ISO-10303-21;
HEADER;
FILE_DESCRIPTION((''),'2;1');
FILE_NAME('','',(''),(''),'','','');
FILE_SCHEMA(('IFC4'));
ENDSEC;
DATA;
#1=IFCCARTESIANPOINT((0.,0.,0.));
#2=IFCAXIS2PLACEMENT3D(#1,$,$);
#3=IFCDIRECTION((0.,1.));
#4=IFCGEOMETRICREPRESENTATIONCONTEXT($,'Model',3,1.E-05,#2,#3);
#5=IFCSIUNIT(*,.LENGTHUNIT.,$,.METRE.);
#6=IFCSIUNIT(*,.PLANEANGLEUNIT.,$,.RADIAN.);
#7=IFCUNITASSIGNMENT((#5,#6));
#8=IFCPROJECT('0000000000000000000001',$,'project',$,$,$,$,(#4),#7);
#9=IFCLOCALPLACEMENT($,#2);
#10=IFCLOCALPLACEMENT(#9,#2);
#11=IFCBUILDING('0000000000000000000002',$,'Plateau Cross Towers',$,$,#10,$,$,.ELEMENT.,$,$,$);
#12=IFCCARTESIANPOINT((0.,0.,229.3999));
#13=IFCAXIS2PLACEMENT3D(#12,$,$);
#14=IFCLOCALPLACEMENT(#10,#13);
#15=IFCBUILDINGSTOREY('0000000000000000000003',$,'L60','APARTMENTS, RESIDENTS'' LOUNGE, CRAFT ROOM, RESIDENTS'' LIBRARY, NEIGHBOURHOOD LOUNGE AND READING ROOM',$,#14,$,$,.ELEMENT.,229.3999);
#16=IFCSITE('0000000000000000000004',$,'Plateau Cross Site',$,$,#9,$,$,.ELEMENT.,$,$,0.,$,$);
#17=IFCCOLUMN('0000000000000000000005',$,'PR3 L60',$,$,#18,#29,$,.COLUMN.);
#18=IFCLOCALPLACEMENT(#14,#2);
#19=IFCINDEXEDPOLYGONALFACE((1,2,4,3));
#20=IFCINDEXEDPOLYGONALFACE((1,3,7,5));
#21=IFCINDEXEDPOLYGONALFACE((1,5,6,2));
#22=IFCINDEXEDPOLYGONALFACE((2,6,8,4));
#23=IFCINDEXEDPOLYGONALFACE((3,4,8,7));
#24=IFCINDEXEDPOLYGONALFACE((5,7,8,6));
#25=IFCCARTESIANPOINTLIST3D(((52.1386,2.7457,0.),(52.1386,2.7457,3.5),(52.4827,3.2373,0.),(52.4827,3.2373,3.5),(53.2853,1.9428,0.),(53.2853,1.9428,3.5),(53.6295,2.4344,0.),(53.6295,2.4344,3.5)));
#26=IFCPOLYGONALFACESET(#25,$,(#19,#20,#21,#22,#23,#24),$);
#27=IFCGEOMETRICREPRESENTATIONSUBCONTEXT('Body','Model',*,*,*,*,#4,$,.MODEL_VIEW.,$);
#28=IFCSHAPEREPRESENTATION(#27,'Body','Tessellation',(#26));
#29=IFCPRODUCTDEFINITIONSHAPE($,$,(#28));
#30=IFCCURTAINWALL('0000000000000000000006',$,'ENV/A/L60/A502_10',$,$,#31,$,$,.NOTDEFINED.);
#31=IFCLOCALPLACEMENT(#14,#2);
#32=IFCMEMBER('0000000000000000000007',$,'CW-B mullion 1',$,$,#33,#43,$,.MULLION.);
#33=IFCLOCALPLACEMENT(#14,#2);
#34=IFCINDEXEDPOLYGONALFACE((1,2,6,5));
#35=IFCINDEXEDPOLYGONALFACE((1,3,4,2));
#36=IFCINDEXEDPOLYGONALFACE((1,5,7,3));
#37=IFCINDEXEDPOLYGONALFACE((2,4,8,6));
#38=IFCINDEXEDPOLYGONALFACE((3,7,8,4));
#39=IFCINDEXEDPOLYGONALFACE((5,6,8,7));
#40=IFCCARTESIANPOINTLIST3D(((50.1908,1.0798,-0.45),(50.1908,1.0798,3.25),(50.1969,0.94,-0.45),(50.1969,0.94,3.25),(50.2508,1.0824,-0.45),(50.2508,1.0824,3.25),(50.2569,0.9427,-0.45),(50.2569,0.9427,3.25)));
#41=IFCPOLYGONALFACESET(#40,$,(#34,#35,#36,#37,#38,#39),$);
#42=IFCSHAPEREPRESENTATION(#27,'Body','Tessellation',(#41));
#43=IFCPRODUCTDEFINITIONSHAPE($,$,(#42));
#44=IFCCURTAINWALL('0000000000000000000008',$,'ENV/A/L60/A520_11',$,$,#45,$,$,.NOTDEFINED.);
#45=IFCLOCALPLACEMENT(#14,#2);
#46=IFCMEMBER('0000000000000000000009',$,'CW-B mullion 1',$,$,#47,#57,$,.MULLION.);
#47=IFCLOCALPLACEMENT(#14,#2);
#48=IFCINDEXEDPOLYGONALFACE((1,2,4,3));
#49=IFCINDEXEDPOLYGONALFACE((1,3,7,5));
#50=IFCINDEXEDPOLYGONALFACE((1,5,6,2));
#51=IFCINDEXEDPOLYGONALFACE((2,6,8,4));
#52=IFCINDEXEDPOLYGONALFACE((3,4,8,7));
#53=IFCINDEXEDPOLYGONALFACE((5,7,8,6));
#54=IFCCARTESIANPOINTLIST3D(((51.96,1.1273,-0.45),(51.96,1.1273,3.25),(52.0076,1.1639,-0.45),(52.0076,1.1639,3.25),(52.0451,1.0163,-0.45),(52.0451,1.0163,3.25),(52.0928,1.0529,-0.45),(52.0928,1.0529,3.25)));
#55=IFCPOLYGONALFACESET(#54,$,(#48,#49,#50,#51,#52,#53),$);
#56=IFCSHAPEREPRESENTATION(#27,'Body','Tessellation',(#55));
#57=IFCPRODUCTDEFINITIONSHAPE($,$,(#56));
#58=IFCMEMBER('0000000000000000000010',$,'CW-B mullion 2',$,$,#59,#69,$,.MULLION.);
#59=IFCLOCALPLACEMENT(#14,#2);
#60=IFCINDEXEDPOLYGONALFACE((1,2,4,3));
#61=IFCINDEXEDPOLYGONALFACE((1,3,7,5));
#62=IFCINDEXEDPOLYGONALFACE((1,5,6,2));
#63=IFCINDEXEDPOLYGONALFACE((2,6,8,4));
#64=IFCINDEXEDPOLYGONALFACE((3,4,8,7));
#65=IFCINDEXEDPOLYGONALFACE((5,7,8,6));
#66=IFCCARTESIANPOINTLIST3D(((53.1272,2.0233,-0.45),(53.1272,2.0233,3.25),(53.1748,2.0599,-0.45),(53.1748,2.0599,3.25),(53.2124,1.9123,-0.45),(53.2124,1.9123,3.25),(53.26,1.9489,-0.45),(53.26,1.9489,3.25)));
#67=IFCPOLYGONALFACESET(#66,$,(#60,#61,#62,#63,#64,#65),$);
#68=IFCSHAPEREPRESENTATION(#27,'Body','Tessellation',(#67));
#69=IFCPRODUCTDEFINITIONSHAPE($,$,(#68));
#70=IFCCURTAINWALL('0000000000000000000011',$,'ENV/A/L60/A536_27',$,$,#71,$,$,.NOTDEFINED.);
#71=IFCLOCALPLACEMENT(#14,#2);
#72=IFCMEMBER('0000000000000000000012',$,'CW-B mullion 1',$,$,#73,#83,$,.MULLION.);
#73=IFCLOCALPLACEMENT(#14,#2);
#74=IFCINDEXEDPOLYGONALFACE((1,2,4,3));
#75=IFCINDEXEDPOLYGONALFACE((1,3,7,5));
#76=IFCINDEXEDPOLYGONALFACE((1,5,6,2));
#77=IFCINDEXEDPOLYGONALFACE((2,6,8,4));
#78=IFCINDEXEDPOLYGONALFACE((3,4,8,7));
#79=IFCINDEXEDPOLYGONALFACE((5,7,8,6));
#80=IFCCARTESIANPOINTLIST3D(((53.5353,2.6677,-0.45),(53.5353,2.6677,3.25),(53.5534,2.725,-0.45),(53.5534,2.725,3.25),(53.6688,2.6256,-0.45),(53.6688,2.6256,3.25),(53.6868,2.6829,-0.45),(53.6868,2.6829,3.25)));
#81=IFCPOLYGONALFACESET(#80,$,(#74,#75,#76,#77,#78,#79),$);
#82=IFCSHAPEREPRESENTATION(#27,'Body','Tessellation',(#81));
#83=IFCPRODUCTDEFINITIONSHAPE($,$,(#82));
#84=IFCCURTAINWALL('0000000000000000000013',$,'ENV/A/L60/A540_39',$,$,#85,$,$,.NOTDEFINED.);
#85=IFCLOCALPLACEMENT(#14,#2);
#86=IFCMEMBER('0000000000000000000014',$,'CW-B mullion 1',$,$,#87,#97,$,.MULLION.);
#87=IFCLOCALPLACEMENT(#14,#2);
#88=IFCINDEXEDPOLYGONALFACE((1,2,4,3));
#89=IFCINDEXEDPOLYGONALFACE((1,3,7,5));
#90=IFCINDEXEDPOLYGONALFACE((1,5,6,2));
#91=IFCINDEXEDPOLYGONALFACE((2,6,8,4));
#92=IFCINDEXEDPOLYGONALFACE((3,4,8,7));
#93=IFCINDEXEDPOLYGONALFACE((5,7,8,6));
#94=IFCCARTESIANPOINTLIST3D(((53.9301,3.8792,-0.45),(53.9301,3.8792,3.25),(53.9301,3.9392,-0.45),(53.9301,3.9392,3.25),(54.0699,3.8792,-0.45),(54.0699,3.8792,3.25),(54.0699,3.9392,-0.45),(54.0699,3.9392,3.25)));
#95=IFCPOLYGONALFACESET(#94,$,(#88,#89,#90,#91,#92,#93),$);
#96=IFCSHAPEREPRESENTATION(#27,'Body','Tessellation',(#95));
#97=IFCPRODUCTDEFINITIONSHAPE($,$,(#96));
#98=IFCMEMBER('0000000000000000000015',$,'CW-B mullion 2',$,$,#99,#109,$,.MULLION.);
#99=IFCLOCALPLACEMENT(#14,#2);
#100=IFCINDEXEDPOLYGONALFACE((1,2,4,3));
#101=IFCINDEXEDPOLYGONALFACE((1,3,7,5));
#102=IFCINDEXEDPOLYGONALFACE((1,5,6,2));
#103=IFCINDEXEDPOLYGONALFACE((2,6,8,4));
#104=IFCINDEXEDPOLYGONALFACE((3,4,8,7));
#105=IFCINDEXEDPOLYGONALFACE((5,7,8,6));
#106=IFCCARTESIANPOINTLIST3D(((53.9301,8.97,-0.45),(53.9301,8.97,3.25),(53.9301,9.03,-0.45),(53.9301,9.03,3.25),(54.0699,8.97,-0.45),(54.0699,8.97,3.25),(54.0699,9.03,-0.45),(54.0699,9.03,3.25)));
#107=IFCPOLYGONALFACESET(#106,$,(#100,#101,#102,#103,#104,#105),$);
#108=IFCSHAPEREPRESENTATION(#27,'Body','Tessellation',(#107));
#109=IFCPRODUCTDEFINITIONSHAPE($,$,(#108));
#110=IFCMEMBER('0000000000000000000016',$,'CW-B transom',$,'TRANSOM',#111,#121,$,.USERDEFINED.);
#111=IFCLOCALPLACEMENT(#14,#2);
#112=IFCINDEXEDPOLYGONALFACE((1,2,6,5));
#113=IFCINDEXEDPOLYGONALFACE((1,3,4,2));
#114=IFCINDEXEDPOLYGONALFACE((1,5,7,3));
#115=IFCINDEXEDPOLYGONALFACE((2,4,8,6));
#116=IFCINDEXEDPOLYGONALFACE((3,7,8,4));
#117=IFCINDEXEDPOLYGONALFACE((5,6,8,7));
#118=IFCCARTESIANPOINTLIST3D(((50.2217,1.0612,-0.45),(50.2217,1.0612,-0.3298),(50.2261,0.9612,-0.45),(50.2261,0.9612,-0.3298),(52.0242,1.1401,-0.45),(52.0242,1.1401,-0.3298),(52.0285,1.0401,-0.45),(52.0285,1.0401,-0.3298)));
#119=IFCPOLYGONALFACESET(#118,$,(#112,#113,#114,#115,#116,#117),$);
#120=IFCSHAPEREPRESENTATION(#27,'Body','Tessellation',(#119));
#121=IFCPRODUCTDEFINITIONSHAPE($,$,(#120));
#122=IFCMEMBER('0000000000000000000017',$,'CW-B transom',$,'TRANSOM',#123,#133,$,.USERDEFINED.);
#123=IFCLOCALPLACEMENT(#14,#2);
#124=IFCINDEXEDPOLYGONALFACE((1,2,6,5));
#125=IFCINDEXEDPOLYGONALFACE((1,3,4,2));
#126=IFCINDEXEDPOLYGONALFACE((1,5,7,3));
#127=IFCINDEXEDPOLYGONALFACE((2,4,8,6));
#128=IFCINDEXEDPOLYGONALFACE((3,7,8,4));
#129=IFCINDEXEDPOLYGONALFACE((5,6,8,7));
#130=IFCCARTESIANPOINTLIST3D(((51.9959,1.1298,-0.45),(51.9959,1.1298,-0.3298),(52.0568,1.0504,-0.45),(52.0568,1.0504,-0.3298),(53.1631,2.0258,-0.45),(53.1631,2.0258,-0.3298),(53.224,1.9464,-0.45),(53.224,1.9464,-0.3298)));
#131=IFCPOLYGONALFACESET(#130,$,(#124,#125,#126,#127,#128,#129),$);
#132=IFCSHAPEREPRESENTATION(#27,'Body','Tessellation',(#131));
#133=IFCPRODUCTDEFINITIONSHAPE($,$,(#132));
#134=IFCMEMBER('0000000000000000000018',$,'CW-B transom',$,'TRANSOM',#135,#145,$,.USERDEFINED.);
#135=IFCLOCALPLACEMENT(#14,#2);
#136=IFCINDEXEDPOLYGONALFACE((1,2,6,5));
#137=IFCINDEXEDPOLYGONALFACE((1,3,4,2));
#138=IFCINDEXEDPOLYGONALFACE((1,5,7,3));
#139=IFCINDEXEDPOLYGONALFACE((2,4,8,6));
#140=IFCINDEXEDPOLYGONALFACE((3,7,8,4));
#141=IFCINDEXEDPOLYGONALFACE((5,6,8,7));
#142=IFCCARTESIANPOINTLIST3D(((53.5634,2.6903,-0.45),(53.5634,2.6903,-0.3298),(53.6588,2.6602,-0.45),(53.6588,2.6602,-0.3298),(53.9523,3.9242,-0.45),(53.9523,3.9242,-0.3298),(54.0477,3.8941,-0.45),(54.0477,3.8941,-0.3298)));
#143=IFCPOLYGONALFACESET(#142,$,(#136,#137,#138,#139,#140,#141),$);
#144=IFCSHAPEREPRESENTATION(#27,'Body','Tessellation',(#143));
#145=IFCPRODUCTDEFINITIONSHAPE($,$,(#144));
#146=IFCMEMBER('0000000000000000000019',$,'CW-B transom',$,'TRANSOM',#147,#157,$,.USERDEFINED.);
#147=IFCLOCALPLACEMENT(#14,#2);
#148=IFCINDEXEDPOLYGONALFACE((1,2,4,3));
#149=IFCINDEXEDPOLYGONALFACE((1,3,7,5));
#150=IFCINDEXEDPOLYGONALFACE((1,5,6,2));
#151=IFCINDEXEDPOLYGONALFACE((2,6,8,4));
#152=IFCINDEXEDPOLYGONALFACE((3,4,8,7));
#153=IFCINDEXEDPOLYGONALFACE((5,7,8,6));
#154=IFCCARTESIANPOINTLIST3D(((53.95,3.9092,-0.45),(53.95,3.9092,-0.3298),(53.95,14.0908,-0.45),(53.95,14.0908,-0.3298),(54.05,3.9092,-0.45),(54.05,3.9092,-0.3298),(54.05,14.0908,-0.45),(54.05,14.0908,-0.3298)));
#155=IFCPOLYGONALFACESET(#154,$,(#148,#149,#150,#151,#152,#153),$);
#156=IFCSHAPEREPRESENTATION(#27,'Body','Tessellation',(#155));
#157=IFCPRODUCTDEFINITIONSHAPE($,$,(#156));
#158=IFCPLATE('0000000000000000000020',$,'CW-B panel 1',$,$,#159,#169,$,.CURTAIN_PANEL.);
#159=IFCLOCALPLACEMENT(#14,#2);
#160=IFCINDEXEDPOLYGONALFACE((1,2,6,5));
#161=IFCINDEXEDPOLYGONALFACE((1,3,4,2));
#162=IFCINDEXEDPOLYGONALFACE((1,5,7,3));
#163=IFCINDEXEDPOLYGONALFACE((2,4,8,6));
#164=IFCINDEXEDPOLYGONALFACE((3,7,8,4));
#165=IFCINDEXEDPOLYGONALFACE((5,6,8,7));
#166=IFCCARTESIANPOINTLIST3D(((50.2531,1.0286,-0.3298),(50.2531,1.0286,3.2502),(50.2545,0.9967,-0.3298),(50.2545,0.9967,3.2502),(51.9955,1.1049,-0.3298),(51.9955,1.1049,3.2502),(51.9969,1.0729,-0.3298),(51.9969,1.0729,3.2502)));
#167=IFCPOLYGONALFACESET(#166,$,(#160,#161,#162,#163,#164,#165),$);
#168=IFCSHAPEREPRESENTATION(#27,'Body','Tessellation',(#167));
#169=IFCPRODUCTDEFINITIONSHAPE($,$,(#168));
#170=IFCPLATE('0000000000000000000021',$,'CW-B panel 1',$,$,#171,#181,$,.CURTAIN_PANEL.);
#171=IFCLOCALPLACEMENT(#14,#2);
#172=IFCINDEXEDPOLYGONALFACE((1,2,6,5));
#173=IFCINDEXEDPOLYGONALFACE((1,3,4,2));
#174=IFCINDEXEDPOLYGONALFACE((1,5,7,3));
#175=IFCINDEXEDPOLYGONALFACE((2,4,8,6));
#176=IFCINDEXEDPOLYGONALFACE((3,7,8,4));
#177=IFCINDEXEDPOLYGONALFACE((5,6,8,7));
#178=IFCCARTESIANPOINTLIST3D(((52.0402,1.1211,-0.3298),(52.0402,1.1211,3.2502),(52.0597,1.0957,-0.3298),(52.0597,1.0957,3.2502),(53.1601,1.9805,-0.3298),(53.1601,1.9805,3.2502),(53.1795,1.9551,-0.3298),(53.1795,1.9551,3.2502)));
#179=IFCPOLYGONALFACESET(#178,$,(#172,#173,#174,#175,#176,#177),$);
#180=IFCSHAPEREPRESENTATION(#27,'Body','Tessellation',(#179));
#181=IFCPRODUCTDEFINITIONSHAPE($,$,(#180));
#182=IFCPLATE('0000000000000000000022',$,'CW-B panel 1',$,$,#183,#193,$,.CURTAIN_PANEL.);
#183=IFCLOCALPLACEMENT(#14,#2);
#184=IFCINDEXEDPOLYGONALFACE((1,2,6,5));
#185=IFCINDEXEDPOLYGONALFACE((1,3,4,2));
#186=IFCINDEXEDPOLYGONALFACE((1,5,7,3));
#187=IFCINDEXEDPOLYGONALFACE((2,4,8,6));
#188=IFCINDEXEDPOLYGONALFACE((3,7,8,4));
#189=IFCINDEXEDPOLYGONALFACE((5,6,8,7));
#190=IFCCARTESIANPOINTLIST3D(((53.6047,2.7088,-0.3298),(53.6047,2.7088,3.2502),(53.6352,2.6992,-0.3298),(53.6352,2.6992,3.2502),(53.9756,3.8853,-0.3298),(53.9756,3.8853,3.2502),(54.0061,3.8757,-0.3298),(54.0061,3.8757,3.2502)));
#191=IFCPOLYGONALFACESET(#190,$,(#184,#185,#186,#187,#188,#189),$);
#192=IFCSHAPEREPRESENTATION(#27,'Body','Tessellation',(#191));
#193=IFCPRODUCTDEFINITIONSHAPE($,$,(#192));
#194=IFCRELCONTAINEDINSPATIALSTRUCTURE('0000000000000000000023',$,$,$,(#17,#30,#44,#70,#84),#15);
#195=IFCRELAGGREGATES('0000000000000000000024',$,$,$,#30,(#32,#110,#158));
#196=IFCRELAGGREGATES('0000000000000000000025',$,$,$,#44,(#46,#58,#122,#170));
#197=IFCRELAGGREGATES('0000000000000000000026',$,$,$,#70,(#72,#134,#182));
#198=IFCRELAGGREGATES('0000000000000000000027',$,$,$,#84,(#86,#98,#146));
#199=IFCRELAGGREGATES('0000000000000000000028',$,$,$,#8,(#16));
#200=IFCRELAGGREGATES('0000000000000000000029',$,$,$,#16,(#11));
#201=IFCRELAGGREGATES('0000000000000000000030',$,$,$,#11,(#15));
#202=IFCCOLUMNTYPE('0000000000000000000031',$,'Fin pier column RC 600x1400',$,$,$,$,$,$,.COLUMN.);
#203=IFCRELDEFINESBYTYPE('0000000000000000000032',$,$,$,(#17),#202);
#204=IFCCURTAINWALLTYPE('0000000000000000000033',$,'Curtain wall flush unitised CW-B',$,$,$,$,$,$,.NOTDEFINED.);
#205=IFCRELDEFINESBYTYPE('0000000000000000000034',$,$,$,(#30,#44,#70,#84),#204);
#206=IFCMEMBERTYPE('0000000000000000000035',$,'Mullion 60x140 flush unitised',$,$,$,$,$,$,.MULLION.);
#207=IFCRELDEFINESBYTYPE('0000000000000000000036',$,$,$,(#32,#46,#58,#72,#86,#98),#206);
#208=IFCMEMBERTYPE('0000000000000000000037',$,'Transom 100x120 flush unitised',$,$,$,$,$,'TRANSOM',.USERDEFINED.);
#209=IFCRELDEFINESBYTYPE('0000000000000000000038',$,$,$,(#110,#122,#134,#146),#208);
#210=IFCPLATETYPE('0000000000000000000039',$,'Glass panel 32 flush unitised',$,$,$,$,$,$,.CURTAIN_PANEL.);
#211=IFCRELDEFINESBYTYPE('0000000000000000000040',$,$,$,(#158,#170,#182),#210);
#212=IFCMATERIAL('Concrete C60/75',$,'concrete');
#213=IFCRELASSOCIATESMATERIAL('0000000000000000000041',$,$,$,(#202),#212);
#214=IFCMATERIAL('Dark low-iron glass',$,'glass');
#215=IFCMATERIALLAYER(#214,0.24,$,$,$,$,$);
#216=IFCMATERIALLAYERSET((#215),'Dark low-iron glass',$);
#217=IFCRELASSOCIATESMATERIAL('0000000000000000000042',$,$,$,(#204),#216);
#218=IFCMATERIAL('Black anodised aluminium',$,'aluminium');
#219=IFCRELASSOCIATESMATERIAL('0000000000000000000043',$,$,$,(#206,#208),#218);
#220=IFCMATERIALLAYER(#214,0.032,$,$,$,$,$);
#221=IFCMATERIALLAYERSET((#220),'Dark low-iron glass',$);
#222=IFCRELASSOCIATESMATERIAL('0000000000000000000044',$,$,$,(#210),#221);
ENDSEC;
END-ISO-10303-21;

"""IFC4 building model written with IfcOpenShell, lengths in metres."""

from ifc_helpers import new_model, si_unit, direction, frame, origin, origin_2d, place, context, subcontext, project, spatial, rectangle, extrude, material, layer, layer_set, material_profile, profile_set, type_object, element, aggregate, save


model = new_model("IFC4")

# Units and contexts
model_context = context("Model", 3, precision=1e-05, world=origin(), true_north=direction((0.0, 1.0)))
body_context = subcontext(model_context, "Body", "Model", "MODEL_VIEW")
ifc_project = project(units=[si_unit("LENGTHUNIT", "METRE"), si_unit("PLANEANGLEUNIT", "RADIAN")], contexts=[model_context])

# Site, building, storey
site_placement = place(None, origin())
site = spatial("IfcSite", under=ifc_project, at=site_placement, Name="Plateau Cross Site", CompositionType="ELEMENT", RefElevation=0.0)
building_placement = place(site_placement, origin())
building = spatial("IfcBuilding", under=site, at=building_placement, Name="Plateau Cross Towers", CompositionType="ELEMENT")
storey_placement = place(building_placement, frame((0.0, 0.0, 229.3999)))
storey = spatial("IfcBuildingStorey", under=building, at=storey_placement, Name="L60", Description="APARTMENTS, RESIDENTS' LOUNGE, CRAFT ROOM, RESIDENTS' LIBRARY, NEIGHBOURHOOD LOUNGE AND READING ROOM", CompositionType="ELEMENT", Elevation=229.3999)

# Column
ifc_material_1 = material(Name="Concrete C60/75", Category="concrete")
ifc_material_profile_1 = material_profile(ifc_material_1, rectangle(XDim=0.6001, YDim=1.3999, at=origin_2d()), Name="RC 600x1400")
ifc_profile_set_1 = profile_set([ifc_material_profile_1], Name="Concrete C60/75")
column_type = type_object("IfcColumnType", Name="Fin pier column RC 600x1400", PredefinedType="COLUMN", material=ifc_profile_set_1)
column_placement = place(storey_placement, frame((52.884, 2.5901, 0.0), z_axis=(0.0, 0.0, 1.0), x_axis=(0.573543, 0.819176, 0.0)))
element("IfcColumn", 1, at=column_placement, inside=storey, type_object=column_type, Name="PR3 L60", PredefinedType="COLUMN", context=body_context, shape_type="SweptSolid", body=[
    extrude(rectangle(XDim=0.6001, YDim=1.3999, at=origin_2d()), origin(), (0.0, 0.0, 1.0), 3.5),
])

# Curtain wall, member
ifc_material_2 = material(Name="Dark low-iron glass", Category="glass")
ifc_layer_1 = layer(ifc_material_2, 0.24)
ifc_layer_set_1 = layer_set([ifc_layer_1], Name="Dark low-iron glass")
curtain_wall_type = type_object("IfcCurtainWallType", Name="Curtain wall flush unitised CW-B", PredefinedType="NOTDEFINED", material=ifc_layer_set_1)
curtain_wall_1_placement = place(storey_placement, origin())
curtain_wall_1 = element("IfcCurtainWall", 2, at=curtain_wall_1_placement, inside=storey, type_object=curtain_wall_type, Name="ENV/A/L60/A502_10", PredefinedType="NOTDEFINED")
ifc_material_3 = material(Name="Black anodised aluminium", Category="aluminium")
ifc_material_profile_2 = material_profile(ifc_material_3, rectangle(XDim=0.0601, YDim=0.1399, at=origin_2d()), Name="MULLION 60x140")
ifc_profile_set_2 = profile_set([ifc_material_profile_2], Name="Black anodised aluminium")
member_type_1 = type_object("IfcMemberType", Name="Mullion 60x140 flush unitised", PredefinedType="MULLION", material=ifc_profile_set_2)
member_1_placement = place(storey_placement, frame((50.2239, 1.0112, -0.45), z_axis=(0.0, 0.0, 1.0), x_axis=(0.999044, 0.043723, 0.0)))
member_1 = element("IfcMember", 3, at=member_1_placement, type_object=member_type_1, Name="CW-B mullion 1", PredefinedType="MULLION", context=body_context, shape_type="SweptSolid", body=[
    extrude(rectangle(XDim=0.0601, YDim=0.1399, at=origin_2d()), origin(), (0.0, 0.0, 1.0), 3.7),
])

# Curtain wall, members
curtain_wall_2_placement = place(storey_placement, origin())
curtain_wall_2 = element("IfcCurtainWall", 4, at=curtain_wall_2_placement, inside=storey, type_object=curtain_wall_type, Name="ENV/A/L60/A520_11", PredefinedType="NOTDEFINED")
member_2_placement = place(storey_placement, frame((52.0264, 1.0901, -0.45), z_axis=(0.0, 0.0, 1.0), x_axis=(0.793316, 0.608811, 0.0)))
member_2 = element("IfcMember", 5, at=member_2_placement, type_object=member_type_1, Name="CW-B mullion 1", PredefinedType="MULLION", context=body_context, shape_type="SweptSolid", body=[
    extrude(rectangle(XDim=0.0601, YDim=0.1399, at=origin_2d()), origin(), (0.0, 0.0, 1.0), 3.7),
])
member_3_placement = place(storey_placement, frame((53.1936, 1.9861, -0.45), z_axis=(0.0, 0.0, 1.0), x_axis=(0.793316, 0.608811, 0.0)))
member_3 = element("IfcMember", 6, at=member_3_placement, type_object=member_type_1, Name="CW-B mullion 2", PredefinedType="MULLION", context=body_context, shape_type="SweptSolid", body=[
    extrude(rectangle(XDim=0.0601, YDim=0.1399, at=origin_2d()), origin(), (0.0, 0.0, 1.0), 3.7),
])

# Curtain wall, member
curtain_wall_3_placement = place(storey_placement, origin())
curtain_wall_3 = element("IfcCurtainWall", 7, at=curtain_wall_3_placement, inside=storey, type_object=curtain_wall_type, Name="ENV/A/L60/A536_27", PredefinedType="NOTDEFINED")
member_4_placement = place(storey_placement, frame((53.6111, 2.6753, -0.45), z_axis=(0.0, 0.0, 1.0), x_axis=(0.300686, 0.953723, 0.0)))
member_4 = element("IfcMember", 8, at=member_4_placement, type_object=member_type_1, Name="CW-B mullion 1", PredefinedType="MULLION", context=body_context, shape_type="SweptSolid", body=[
    extrude(rectangle(XDim=0.0601, YDim=0.1399, at=origin_2d()), origin(), (0.0, 0.0, 1.0), 3.7),
])

# Curtain wall, members
curtain_wall_4_placement = place(storey_placement, origin())
curtain_wall_4 = element("IfcCurtainWall", 9, at=curtain_wall_4_placement, inside=storey, type_object=curtain_wall_type, Name="ENV/A/L60/A540_39", PredefinedType="NOTDEFINED")
member_5_placement = place(storey_placement, frame((54.0, 3.9092, -0.45), z_axis=(0.0, 0.0, 1.0), x_axis=(0.0, 1.0, 0.0)))
member_5 = element("IfcMember", 10, at=member_5_placement, type_object=member_type_1, Name="CW-B mullion 1", PredefinedType="MULLION", context=body_context, shape_type="SweptSolid", body=[
    extrude(rectangle(XDim=0.0601, YDim=0.1399, at=origin_2d()), origin(), (0.0, 0.0, 1.0), 3.7),
])
member_6_placement = place(storey_placement, frame((54.0, 9.0, -0.45), z_axis=(0.0, 0.0, 1.0), x_axis=(0.0, 1.0, 0.0)))
member_6 = element("IfcMember", 11, at=member_6_placement, type_object=member_type_1, Name="CW-B mullion 2", PredefinedType="MULLION", context=body_context, shape_type="SweptSolid", body=[
    extrude(rectangle(XDim=0.0601, YDim=0.1399, at=origin_2d()), origin(), (0.0, 0.0, 1.0), 3.7),
])

# Members
ifc_material_profile_3 = material_profile(ifc_material_3, rectangle(XDim=0.1001, YDim=0.1201, at=origin_2d()), Name="TRANSOM 100x120")
ifc_profile_set_3 = profile_set([ifc_material_profile_3], Name="Black anodised aluminium")
member_type_2 = type_object("IfcMemberType", Name="Transom 100x120 flush unitised", ElementType="TRANSOM", PredefinedType="USERDEFINED", material=ifc_profile_set_3)
member_7_placement = place(storey_placement, frame((50.2239, 1.0112, -0.3899), z_axis=(0.999044, 0.043707, 0.0), x_axis=(-0.043707, 0.999044, 0.0)))
member_7 = element("IfcMember", 12, at=member_7_placement, type_object=member_type_2, Name="CW-B transom", ObjectType="TRANSOM", PredefinedType="USERDEFINED", context=body_context, shape_type="SweptSolid", body=[
    extrude(rectangle(XDim=0.1001, YDim=0.1201, at=origin_2d()), origin(), (0.0, 0.0, 1.0), 1.8042),
])
member_8_placement = place(storey_placement, frame((52.0264, 1.0901, -0.3899), z_axis=(0.79324, 0.608909, 0.0), x_axis=(-0.608909, 0.79324, 0.0)))
member_8 = element("IfcMember", 13, at=member_8_placement, type_object=member_type_2, Name="CW-B transom", ObjectType="TRANSOM", PredefinedType="USERDEFINED", context=body_context, shape_type="SweptSolid", body=[
    extrude(rectangle(XDim=0.1001, YDim=0.1201, at=origin_2d()), origin(), (0.0, 0.0, 1.0), 1.4714),
])
member_9_placement = place(storey_placement, frame((53.6111, 2.6753, -0.3899), z_axis=(0.300617, 0.953745, 0.0), x_axis=(-0.953745, 0.300617, 0.0)))
member_9 = element("IfcMember", 14, at=member_9_placement, type_object=member_type_2, Name="CW-B transom", ObjectType="TRANSOM", PredefinedType="USERDEFINED", context=body_context, shape_type="SweptSolid", body=[
    extrude(rectangle(XDim=0.1001, YDim=0.1201, at=origin_2d()), origin(), (0.0, 0.0, 1.0), 1.2937),
])
member_10_placement = place(storey_placement, frame((54.0, 3.9092, -0.3899), z_axis=(0.0, 1.0, 0.0), x_axis=(-1.0, 0.0, 0.0)))
member_10 = element("IfcMember", 15, at=member_10_placement, type_object=member_type_2, Name="CW-B transom", ObjectType="TRANSOM", PredefinedType="USERDEFINED", context=body_context, shape_type="SweptSolid", body=[
    extrude(rectangle(XDim=0.1001, YDim=0.1201, at=origin_2d()), origin(), (0.0, 0.0, 1.0), 10.1816),
])

# Plates
ifc_layer_2 = layer(ifc_material_2, 0.032)
ifc_layer_set_2 = layer_set([ifc_layer_2], Name="Dark low-iron glass")
plate_type = type_object("IfcPlateType", Name="Glass panel 32 flush unitised", PredefinedType="CURTAIN_PANEL", material=ifc_layer_set_2)
plate_1_placement = place(storey_placement, frame((51.125, 1.0508, -0.3298), z_axis=(0.0, 0.0, 1.0), x_axis=(0.999044, 0.043723, 0.0)))
plate_1 = element("IfcPlate", 16, at=plate_1_placement, type_object=plate_type, Name="CW-B panel 1", PredefinedType="CURTAIN_PANEL", context=body_context, shape_type="SweptSolid", body=[
    extrude(rectangle(XDim=1.7441, YDim=0.032, at=origin_2d()), origin(), (0.0, 0.0, 1.0), 3.5801),
])
aggregate(curtain_wall_1, [member_1, member_7, plate_1])
plate_2_placement = place(storey_placement, frame((52.6099, 1.5381, -0.3298), z_axis=(0.0, 0.0, 1.0), x_axis=(0.793316, 0.608811, 0.0)))
plate_2 = element("IfcPlate", 17, at=plate_2_placement, type_object=plate_type, Name="CW-B panel 1", PredefinedType="CURTAIN_PANEL", context=body_context, shape_type="SweptSolid", body=[
    extrude(rectangle(XDim=1.4116, YDim=0.032, at=origin_2d()), origin(), (0.0, 0.0, 1.0), 3.5801),
])
aggregate(curtain_wall_2, [member_2, member_3, member_8, plate_2])
plate_3_placement = place(storey_placement, frame((53.8054, 3.2922, -0.3298), z_axis=(0.0, 0.0, 1.0), x_axis=(0.300686, 0.953723, 0.0)))
plate_3 = element("IfcPlate", 18, at=plate_3_placement, type_object=plate_type, Name="CW-B panel 1", PredefinedType="CURTAIN_PANEL", context=body_context, shape_type="SweptSolid", body=[
    extrude(rectangle(XDim=1.2336, YDim=0.032, at=origin_2d()), origin(), (0.0, 0.0, 1.0), 3.5801),
])
aggregate(curtain_wall_3, [member_4, member_9, plate_3])
aggregate(curtain_wall_4, [member_5, member_6, member_10])

save(model, "model.ifc")
